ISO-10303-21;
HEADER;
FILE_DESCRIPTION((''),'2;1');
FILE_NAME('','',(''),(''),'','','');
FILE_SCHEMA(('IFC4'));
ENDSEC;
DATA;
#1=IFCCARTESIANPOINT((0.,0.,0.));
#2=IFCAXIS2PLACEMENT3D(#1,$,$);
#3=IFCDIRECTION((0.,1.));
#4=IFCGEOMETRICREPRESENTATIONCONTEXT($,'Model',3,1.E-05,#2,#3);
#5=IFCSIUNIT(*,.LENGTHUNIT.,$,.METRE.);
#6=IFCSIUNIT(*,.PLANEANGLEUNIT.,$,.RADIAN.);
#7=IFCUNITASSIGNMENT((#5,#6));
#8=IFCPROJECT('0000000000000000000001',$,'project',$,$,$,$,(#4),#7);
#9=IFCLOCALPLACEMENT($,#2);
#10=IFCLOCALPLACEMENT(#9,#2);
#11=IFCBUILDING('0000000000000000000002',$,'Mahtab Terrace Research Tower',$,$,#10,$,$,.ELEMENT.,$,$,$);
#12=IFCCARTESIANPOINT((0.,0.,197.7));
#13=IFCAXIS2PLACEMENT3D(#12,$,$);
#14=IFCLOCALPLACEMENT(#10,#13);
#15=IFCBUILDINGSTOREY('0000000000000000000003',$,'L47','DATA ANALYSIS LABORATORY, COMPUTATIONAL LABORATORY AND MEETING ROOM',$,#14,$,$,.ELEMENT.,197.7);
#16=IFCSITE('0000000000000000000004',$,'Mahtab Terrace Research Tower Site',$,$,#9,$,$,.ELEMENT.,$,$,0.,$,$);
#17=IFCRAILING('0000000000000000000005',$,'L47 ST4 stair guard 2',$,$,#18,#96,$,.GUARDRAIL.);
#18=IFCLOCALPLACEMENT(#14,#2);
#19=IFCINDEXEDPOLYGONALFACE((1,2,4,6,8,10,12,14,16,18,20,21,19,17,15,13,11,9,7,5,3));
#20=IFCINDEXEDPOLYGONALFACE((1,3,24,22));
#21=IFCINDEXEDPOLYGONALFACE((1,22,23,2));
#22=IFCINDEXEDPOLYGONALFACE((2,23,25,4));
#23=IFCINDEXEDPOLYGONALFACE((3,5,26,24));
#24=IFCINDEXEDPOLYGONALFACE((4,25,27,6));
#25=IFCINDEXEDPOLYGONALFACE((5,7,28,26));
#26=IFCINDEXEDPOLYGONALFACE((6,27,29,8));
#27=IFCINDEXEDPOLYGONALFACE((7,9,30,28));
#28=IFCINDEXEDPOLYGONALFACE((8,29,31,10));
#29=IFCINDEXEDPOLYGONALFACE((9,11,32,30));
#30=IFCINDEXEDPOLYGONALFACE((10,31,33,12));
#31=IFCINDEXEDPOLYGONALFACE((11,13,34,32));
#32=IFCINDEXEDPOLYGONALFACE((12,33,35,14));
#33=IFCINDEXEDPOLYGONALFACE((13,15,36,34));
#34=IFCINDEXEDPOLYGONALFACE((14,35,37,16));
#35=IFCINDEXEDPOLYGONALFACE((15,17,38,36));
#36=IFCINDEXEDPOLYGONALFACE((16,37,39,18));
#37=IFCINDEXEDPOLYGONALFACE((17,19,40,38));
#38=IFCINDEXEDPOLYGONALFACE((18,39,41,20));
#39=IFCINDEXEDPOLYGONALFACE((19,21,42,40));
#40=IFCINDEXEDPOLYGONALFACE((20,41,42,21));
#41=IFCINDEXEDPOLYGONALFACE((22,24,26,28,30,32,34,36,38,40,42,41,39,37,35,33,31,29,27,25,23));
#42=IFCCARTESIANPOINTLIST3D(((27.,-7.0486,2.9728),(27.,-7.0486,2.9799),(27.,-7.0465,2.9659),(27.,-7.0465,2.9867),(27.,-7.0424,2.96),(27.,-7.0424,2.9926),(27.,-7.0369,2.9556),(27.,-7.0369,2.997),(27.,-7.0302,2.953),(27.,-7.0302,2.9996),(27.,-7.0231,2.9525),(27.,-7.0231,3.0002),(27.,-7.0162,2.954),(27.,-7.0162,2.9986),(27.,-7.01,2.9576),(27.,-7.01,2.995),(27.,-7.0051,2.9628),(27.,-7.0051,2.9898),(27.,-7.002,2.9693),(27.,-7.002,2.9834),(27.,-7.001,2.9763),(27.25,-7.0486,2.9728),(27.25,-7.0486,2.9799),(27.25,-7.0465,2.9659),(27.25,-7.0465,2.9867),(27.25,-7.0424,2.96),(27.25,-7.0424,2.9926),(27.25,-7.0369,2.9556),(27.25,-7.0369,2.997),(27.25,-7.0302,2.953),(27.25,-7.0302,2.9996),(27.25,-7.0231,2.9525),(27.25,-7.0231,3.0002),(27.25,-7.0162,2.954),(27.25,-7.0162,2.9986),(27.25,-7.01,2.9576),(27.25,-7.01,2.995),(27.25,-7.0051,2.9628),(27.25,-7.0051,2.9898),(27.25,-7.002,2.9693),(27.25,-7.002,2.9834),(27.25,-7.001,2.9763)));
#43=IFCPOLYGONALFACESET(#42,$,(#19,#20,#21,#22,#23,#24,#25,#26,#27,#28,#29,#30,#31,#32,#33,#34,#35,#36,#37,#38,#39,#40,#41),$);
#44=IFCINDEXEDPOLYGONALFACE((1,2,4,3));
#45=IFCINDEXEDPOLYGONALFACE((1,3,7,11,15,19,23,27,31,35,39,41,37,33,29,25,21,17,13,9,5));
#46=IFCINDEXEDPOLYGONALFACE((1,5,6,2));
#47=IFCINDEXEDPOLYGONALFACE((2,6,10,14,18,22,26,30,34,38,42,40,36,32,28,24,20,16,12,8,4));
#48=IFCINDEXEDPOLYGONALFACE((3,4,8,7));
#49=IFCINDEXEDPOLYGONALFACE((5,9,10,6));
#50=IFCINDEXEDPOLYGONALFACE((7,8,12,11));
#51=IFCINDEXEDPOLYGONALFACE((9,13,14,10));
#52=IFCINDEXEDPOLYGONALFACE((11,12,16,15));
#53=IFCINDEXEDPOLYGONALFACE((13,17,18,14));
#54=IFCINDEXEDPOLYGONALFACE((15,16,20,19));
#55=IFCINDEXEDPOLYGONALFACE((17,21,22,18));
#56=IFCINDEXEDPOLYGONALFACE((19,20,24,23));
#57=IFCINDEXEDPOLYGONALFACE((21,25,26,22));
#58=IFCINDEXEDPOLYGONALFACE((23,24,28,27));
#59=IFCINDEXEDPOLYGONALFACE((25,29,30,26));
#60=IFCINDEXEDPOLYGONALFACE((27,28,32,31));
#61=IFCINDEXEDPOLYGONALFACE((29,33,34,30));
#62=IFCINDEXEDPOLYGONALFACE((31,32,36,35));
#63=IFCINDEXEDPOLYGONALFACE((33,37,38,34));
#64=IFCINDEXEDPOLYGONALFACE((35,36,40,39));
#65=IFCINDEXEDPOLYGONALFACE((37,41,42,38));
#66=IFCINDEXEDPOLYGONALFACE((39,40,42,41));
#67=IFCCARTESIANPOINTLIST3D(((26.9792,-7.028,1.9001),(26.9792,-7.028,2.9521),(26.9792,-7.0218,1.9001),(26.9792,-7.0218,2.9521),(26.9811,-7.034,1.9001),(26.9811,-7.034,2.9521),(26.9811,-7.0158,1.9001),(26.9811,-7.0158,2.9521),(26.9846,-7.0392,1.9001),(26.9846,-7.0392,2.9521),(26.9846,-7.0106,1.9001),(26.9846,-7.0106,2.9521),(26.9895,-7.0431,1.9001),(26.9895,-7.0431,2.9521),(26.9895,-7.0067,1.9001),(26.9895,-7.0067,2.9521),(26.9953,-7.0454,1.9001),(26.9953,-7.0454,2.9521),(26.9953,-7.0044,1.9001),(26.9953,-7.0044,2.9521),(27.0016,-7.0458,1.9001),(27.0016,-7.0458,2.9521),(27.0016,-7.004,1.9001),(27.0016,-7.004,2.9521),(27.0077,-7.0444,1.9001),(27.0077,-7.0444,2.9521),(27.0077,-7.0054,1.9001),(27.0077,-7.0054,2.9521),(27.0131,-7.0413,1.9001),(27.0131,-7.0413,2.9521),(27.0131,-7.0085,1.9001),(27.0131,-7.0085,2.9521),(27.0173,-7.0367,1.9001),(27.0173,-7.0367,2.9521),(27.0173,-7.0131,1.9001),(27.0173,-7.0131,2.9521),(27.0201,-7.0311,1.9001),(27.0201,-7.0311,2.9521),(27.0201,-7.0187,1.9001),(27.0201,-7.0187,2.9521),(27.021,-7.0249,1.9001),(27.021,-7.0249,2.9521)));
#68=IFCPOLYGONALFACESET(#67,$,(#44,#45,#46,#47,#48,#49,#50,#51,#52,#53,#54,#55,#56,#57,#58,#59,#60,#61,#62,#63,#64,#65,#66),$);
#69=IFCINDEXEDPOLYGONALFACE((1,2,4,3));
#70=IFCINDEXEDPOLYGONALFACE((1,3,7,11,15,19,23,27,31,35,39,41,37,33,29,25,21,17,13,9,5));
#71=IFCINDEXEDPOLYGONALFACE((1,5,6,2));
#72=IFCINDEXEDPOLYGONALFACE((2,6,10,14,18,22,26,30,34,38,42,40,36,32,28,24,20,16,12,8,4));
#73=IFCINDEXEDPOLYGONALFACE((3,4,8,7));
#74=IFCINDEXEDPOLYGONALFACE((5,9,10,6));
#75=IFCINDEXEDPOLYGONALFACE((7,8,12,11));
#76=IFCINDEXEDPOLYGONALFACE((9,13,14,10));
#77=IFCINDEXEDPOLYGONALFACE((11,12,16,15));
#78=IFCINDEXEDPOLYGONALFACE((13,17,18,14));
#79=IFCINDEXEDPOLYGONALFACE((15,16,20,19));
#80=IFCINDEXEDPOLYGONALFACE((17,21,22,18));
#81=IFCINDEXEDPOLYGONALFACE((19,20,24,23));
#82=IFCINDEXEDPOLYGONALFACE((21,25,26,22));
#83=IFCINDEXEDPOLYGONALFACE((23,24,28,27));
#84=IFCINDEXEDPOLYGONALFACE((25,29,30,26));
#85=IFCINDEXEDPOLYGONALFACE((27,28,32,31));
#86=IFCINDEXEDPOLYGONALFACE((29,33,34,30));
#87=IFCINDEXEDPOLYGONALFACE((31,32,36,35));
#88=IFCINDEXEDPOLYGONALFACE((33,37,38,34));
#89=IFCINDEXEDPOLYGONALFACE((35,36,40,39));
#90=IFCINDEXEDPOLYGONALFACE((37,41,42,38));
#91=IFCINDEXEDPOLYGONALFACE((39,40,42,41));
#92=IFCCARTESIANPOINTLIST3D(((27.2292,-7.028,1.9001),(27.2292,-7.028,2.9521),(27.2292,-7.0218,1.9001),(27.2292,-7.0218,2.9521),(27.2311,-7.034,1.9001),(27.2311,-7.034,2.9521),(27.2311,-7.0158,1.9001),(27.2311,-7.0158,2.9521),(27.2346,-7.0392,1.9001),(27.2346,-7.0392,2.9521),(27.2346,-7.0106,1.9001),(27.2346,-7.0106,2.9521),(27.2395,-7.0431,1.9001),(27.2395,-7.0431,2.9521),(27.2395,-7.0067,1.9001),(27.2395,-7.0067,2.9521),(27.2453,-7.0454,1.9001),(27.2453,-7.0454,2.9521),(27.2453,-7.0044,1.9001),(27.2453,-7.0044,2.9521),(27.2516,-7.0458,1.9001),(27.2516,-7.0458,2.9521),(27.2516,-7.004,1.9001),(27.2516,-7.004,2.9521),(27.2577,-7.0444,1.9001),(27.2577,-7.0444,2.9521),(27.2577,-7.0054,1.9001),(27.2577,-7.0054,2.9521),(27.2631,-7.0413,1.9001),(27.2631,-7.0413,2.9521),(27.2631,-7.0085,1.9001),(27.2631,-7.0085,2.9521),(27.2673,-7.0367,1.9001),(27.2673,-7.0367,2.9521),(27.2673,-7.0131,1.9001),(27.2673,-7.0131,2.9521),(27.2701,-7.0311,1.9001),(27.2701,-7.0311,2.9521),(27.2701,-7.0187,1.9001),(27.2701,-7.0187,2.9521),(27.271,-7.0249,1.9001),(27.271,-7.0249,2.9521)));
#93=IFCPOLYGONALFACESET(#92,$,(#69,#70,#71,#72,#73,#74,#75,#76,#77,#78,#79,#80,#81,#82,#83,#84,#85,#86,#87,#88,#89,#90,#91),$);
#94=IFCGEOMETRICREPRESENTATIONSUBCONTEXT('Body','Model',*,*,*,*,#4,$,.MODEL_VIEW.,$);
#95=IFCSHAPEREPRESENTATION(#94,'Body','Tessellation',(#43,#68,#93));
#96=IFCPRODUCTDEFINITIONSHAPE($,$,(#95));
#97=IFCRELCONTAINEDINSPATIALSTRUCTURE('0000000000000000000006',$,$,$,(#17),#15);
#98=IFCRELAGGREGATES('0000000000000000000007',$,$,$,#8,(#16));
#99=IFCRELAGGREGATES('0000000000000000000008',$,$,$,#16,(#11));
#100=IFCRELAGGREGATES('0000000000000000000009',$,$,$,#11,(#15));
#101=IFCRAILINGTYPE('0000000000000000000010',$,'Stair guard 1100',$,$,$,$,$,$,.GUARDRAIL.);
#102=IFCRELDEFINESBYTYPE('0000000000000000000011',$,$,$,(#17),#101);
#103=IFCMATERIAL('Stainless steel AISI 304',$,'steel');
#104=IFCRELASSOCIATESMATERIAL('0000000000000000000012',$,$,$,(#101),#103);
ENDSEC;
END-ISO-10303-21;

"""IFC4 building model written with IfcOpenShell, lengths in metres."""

from ifc_helpers import new_model, si_unit, direction, frame, origin, origin_2d, place, context, subcontext, project, spatial, circle, extrude, material, type_object, element, save


model = new_model("IFC4")

# Units and contexts
model_context = context("Model", 3, precision=1e-05, world=origin(), true_north=direction((0.0, 1.0)))
body_context = subcontext(model_context, "Body", "Model", "MODEL_VIEW")
ifc_project = project(units=[si_unit("LENGTHUNIT", "METRE"), si_unit("PLANEANGLEUNIT", "RADIAN")], contexts=[model_context])

# Site, building, storey
site_placement = place(None, origin())
site = spatial("IfcSite", under=ifc_project, at=site_placement, Name="Mahtab Terrace Research Tower Site", CompositionType="ELEMENT", RefElevation=0.0)
building_placement = place(site_placement, origin())
building = spatial("IfcBuilding", under=site, at=building_placement, Name="Mahtab Terrace Research Tower", CompositionType="ELEMENT")
storey_placement = place(building_placement, frame((0.0, 0.0, 197.7)))
storey = spatial("IfcBuildingStorey", under=building, at=storey_placement, Name="L47", Description="DATA ANALYSIS LABORATORY, COMPUTATIONAL LABORATORY AND MEETING ROOM", CompositionType="ELEMENT", Elevation=197.7)

# Railing
ifc_material_1 = material(Name="Stainless steel AISI 304", Category="steel")
railing_type_1 = type_object("IfcRailingType", Name="Stair guard 1100", PredefinedType="GUARDRAIL", material=ifc_material_1)
railing_1_placement = place(storey_placement, frame((27.0, -7.0249, 1.9001)))
element("IfcRailing", 1, at=railing_1_placement, inside=storey, type_object=railing_type_1, Name="L47 ST4 stair guard 2", PredefinedType="GUARDRAIL", context=body_context, shape_type="SweptSolid", body=[
    extrude(circle(Radius=0.0239, at=origin_2d()), frame((0.0, 0.0, 1.0762), z_axis=(1.0, 0.0, 0.0), x_axis=(0.0, 1.0, 0.0)), (0.0, 0.0, 1.0), 0.25),
    extrude(circle(Radius=0.021, at=origin_2d()), origin(), (0.0, 0.0, 1.0), 1.052),
    extrude(circle(Radius=0.021, at=origin_2d()), frame((0.25, 0.0, 0.0)), (0.0, 0.0, 1.0), 1.052),
])

save(model, "model.ifc")
